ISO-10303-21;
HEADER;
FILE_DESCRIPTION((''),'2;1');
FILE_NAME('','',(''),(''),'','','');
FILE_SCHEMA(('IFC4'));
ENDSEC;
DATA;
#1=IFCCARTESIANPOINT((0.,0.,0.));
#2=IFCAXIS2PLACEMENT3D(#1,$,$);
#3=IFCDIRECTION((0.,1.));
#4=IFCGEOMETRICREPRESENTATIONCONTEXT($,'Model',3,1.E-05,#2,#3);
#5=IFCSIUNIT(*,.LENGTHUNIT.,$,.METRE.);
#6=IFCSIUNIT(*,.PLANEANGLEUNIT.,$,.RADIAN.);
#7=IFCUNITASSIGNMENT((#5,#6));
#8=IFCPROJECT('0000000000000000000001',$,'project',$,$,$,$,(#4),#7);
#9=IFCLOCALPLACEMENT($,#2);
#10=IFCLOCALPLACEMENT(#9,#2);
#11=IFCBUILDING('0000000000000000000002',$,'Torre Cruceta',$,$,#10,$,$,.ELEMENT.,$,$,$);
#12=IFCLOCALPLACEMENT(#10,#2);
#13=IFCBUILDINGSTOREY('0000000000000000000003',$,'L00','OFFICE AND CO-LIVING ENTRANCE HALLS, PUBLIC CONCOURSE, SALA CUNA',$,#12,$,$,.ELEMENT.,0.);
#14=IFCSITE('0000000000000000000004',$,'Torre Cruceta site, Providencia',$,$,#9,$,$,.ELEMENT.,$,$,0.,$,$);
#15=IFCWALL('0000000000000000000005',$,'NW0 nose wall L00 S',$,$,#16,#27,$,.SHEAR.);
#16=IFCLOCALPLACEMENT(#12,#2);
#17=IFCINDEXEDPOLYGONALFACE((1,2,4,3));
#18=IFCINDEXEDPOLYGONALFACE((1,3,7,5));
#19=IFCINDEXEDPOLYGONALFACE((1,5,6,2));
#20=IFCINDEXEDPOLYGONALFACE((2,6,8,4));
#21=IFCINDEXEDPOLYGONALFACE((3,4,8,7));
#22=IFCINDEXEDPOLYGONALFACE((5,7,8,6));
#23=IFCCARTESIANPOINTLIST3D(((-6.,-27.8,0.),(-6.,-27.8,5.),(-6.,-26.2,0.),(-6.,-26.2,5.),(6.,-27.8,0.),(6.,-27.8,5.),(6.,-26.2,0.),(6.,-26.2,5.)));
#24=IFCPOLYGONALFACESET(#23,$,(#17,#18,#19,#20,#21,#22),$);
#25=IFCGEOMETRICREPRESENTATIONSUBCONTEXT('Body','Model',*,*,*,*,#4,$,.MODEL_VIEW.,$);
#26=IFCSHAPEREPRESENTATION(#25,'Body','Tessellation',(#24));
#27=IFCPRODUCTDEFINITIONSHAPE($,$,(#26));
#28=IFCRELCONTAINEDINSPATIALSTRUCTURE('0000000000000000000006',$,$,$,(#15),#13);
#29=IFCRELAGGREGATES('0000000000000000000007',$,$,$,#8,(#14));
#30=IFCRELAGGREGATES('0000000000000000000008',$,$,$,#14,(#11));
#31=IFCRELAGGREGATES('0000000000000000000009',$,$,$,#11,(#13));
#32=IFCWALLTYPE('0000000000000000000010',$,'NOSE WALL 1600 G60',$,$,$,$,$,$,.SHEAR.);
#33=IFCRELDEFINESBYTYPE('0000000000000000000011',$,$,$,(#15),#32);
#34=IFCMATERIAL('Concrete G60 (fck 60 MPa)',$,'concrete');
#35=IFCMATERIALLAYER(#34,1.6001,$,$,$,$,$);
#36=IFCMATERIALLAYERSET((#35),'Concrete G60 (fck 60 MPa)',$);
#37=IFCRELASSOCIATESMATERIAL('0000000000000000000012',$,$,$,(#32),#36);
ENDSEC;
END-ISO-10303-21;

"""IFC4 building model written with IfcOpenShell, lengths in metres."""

from ifc_helpers import new_model, si_unit, direction, frame, frame_2d, origin, place, context, subcontext, project, spatial, rectangle, extrude, material, layer, layer_set, type_object, element, save


model = new_model("IFC4")

# Units and contexts
model_context = context("Model", 3, precision=1e-05, world=origin(), true_north=direction((0.0, 1.0)))
body_context = subcontext(model_context, "Body", "Model", "MODEL_VIEW")
ifc_project = project(units=[si_unit("LENGTHUNIT", "METRE"), si_unit("PLANEANGLEUNIT", "RADIAN")], contexts=[model_context])

# Site, building, storey
site_placement = place(None, origin())
site = spatial("IfcSite", under=ifc_project, at=site_placement, Name="Torre Cruceta site, Providencia", CompositionType="ELEMENT", RefElevation=0.0)
building_placement = place(site_placement, origin())
building = spatial("IfcBuilding", under=site, at=building_placement, Name="Torre Cruceta", CompositionType="ELEMENT")
storey_placement = place(building_placement, origin())
storey = spatial("IfcBuildingStorey", under=building, at=storey_placement, Name="L00", Description="OFFICE AND CO-LIVING ENTRANCE HALLS, PUBLIC CONCOURSE, SALA CUNA", CompositionType="ELEMENT", Elevation=0.0)

# Wall
ifc_material_1 = material(Name="Concrete G60 (fck 60 MPa)", Category="concrete")
ifc_layer_1 = layer(ifc_material_1, 1.6001)
ifc_layer_set_1 = layer_set([ifc_layer_1], Name="Concrete G60 (fck 60 MPa)")
wall_type_1 = type_object("IfcWallType", Name="NOSE WALL 1600 G60", PredefinedType="SHEAR", material=ifc_layer_set_1)
wall_1_placement = place(storey_placement, frame((-6.0, -27.0, 0.0), z_axis=(0.0, 0.0, 1.0), x_axis=(1.0, 0.0, 0.0)))
element("IfcWall", 1, at=wall_1_placement, inside=storey, type_object=wall_type_1, Name="NW0 nose wall L00 S", PredefinedType="SHEAR", context=body_context, shape_type="SweptSolid", body=[
    extrude(rectangle(XDim=12.0, YDim=1.6001, at=frame_2d((6.0, 0.0))), origin(), (0.0, 0.0, 1.0), 5.0),
])

save(model, "model.ifc")
